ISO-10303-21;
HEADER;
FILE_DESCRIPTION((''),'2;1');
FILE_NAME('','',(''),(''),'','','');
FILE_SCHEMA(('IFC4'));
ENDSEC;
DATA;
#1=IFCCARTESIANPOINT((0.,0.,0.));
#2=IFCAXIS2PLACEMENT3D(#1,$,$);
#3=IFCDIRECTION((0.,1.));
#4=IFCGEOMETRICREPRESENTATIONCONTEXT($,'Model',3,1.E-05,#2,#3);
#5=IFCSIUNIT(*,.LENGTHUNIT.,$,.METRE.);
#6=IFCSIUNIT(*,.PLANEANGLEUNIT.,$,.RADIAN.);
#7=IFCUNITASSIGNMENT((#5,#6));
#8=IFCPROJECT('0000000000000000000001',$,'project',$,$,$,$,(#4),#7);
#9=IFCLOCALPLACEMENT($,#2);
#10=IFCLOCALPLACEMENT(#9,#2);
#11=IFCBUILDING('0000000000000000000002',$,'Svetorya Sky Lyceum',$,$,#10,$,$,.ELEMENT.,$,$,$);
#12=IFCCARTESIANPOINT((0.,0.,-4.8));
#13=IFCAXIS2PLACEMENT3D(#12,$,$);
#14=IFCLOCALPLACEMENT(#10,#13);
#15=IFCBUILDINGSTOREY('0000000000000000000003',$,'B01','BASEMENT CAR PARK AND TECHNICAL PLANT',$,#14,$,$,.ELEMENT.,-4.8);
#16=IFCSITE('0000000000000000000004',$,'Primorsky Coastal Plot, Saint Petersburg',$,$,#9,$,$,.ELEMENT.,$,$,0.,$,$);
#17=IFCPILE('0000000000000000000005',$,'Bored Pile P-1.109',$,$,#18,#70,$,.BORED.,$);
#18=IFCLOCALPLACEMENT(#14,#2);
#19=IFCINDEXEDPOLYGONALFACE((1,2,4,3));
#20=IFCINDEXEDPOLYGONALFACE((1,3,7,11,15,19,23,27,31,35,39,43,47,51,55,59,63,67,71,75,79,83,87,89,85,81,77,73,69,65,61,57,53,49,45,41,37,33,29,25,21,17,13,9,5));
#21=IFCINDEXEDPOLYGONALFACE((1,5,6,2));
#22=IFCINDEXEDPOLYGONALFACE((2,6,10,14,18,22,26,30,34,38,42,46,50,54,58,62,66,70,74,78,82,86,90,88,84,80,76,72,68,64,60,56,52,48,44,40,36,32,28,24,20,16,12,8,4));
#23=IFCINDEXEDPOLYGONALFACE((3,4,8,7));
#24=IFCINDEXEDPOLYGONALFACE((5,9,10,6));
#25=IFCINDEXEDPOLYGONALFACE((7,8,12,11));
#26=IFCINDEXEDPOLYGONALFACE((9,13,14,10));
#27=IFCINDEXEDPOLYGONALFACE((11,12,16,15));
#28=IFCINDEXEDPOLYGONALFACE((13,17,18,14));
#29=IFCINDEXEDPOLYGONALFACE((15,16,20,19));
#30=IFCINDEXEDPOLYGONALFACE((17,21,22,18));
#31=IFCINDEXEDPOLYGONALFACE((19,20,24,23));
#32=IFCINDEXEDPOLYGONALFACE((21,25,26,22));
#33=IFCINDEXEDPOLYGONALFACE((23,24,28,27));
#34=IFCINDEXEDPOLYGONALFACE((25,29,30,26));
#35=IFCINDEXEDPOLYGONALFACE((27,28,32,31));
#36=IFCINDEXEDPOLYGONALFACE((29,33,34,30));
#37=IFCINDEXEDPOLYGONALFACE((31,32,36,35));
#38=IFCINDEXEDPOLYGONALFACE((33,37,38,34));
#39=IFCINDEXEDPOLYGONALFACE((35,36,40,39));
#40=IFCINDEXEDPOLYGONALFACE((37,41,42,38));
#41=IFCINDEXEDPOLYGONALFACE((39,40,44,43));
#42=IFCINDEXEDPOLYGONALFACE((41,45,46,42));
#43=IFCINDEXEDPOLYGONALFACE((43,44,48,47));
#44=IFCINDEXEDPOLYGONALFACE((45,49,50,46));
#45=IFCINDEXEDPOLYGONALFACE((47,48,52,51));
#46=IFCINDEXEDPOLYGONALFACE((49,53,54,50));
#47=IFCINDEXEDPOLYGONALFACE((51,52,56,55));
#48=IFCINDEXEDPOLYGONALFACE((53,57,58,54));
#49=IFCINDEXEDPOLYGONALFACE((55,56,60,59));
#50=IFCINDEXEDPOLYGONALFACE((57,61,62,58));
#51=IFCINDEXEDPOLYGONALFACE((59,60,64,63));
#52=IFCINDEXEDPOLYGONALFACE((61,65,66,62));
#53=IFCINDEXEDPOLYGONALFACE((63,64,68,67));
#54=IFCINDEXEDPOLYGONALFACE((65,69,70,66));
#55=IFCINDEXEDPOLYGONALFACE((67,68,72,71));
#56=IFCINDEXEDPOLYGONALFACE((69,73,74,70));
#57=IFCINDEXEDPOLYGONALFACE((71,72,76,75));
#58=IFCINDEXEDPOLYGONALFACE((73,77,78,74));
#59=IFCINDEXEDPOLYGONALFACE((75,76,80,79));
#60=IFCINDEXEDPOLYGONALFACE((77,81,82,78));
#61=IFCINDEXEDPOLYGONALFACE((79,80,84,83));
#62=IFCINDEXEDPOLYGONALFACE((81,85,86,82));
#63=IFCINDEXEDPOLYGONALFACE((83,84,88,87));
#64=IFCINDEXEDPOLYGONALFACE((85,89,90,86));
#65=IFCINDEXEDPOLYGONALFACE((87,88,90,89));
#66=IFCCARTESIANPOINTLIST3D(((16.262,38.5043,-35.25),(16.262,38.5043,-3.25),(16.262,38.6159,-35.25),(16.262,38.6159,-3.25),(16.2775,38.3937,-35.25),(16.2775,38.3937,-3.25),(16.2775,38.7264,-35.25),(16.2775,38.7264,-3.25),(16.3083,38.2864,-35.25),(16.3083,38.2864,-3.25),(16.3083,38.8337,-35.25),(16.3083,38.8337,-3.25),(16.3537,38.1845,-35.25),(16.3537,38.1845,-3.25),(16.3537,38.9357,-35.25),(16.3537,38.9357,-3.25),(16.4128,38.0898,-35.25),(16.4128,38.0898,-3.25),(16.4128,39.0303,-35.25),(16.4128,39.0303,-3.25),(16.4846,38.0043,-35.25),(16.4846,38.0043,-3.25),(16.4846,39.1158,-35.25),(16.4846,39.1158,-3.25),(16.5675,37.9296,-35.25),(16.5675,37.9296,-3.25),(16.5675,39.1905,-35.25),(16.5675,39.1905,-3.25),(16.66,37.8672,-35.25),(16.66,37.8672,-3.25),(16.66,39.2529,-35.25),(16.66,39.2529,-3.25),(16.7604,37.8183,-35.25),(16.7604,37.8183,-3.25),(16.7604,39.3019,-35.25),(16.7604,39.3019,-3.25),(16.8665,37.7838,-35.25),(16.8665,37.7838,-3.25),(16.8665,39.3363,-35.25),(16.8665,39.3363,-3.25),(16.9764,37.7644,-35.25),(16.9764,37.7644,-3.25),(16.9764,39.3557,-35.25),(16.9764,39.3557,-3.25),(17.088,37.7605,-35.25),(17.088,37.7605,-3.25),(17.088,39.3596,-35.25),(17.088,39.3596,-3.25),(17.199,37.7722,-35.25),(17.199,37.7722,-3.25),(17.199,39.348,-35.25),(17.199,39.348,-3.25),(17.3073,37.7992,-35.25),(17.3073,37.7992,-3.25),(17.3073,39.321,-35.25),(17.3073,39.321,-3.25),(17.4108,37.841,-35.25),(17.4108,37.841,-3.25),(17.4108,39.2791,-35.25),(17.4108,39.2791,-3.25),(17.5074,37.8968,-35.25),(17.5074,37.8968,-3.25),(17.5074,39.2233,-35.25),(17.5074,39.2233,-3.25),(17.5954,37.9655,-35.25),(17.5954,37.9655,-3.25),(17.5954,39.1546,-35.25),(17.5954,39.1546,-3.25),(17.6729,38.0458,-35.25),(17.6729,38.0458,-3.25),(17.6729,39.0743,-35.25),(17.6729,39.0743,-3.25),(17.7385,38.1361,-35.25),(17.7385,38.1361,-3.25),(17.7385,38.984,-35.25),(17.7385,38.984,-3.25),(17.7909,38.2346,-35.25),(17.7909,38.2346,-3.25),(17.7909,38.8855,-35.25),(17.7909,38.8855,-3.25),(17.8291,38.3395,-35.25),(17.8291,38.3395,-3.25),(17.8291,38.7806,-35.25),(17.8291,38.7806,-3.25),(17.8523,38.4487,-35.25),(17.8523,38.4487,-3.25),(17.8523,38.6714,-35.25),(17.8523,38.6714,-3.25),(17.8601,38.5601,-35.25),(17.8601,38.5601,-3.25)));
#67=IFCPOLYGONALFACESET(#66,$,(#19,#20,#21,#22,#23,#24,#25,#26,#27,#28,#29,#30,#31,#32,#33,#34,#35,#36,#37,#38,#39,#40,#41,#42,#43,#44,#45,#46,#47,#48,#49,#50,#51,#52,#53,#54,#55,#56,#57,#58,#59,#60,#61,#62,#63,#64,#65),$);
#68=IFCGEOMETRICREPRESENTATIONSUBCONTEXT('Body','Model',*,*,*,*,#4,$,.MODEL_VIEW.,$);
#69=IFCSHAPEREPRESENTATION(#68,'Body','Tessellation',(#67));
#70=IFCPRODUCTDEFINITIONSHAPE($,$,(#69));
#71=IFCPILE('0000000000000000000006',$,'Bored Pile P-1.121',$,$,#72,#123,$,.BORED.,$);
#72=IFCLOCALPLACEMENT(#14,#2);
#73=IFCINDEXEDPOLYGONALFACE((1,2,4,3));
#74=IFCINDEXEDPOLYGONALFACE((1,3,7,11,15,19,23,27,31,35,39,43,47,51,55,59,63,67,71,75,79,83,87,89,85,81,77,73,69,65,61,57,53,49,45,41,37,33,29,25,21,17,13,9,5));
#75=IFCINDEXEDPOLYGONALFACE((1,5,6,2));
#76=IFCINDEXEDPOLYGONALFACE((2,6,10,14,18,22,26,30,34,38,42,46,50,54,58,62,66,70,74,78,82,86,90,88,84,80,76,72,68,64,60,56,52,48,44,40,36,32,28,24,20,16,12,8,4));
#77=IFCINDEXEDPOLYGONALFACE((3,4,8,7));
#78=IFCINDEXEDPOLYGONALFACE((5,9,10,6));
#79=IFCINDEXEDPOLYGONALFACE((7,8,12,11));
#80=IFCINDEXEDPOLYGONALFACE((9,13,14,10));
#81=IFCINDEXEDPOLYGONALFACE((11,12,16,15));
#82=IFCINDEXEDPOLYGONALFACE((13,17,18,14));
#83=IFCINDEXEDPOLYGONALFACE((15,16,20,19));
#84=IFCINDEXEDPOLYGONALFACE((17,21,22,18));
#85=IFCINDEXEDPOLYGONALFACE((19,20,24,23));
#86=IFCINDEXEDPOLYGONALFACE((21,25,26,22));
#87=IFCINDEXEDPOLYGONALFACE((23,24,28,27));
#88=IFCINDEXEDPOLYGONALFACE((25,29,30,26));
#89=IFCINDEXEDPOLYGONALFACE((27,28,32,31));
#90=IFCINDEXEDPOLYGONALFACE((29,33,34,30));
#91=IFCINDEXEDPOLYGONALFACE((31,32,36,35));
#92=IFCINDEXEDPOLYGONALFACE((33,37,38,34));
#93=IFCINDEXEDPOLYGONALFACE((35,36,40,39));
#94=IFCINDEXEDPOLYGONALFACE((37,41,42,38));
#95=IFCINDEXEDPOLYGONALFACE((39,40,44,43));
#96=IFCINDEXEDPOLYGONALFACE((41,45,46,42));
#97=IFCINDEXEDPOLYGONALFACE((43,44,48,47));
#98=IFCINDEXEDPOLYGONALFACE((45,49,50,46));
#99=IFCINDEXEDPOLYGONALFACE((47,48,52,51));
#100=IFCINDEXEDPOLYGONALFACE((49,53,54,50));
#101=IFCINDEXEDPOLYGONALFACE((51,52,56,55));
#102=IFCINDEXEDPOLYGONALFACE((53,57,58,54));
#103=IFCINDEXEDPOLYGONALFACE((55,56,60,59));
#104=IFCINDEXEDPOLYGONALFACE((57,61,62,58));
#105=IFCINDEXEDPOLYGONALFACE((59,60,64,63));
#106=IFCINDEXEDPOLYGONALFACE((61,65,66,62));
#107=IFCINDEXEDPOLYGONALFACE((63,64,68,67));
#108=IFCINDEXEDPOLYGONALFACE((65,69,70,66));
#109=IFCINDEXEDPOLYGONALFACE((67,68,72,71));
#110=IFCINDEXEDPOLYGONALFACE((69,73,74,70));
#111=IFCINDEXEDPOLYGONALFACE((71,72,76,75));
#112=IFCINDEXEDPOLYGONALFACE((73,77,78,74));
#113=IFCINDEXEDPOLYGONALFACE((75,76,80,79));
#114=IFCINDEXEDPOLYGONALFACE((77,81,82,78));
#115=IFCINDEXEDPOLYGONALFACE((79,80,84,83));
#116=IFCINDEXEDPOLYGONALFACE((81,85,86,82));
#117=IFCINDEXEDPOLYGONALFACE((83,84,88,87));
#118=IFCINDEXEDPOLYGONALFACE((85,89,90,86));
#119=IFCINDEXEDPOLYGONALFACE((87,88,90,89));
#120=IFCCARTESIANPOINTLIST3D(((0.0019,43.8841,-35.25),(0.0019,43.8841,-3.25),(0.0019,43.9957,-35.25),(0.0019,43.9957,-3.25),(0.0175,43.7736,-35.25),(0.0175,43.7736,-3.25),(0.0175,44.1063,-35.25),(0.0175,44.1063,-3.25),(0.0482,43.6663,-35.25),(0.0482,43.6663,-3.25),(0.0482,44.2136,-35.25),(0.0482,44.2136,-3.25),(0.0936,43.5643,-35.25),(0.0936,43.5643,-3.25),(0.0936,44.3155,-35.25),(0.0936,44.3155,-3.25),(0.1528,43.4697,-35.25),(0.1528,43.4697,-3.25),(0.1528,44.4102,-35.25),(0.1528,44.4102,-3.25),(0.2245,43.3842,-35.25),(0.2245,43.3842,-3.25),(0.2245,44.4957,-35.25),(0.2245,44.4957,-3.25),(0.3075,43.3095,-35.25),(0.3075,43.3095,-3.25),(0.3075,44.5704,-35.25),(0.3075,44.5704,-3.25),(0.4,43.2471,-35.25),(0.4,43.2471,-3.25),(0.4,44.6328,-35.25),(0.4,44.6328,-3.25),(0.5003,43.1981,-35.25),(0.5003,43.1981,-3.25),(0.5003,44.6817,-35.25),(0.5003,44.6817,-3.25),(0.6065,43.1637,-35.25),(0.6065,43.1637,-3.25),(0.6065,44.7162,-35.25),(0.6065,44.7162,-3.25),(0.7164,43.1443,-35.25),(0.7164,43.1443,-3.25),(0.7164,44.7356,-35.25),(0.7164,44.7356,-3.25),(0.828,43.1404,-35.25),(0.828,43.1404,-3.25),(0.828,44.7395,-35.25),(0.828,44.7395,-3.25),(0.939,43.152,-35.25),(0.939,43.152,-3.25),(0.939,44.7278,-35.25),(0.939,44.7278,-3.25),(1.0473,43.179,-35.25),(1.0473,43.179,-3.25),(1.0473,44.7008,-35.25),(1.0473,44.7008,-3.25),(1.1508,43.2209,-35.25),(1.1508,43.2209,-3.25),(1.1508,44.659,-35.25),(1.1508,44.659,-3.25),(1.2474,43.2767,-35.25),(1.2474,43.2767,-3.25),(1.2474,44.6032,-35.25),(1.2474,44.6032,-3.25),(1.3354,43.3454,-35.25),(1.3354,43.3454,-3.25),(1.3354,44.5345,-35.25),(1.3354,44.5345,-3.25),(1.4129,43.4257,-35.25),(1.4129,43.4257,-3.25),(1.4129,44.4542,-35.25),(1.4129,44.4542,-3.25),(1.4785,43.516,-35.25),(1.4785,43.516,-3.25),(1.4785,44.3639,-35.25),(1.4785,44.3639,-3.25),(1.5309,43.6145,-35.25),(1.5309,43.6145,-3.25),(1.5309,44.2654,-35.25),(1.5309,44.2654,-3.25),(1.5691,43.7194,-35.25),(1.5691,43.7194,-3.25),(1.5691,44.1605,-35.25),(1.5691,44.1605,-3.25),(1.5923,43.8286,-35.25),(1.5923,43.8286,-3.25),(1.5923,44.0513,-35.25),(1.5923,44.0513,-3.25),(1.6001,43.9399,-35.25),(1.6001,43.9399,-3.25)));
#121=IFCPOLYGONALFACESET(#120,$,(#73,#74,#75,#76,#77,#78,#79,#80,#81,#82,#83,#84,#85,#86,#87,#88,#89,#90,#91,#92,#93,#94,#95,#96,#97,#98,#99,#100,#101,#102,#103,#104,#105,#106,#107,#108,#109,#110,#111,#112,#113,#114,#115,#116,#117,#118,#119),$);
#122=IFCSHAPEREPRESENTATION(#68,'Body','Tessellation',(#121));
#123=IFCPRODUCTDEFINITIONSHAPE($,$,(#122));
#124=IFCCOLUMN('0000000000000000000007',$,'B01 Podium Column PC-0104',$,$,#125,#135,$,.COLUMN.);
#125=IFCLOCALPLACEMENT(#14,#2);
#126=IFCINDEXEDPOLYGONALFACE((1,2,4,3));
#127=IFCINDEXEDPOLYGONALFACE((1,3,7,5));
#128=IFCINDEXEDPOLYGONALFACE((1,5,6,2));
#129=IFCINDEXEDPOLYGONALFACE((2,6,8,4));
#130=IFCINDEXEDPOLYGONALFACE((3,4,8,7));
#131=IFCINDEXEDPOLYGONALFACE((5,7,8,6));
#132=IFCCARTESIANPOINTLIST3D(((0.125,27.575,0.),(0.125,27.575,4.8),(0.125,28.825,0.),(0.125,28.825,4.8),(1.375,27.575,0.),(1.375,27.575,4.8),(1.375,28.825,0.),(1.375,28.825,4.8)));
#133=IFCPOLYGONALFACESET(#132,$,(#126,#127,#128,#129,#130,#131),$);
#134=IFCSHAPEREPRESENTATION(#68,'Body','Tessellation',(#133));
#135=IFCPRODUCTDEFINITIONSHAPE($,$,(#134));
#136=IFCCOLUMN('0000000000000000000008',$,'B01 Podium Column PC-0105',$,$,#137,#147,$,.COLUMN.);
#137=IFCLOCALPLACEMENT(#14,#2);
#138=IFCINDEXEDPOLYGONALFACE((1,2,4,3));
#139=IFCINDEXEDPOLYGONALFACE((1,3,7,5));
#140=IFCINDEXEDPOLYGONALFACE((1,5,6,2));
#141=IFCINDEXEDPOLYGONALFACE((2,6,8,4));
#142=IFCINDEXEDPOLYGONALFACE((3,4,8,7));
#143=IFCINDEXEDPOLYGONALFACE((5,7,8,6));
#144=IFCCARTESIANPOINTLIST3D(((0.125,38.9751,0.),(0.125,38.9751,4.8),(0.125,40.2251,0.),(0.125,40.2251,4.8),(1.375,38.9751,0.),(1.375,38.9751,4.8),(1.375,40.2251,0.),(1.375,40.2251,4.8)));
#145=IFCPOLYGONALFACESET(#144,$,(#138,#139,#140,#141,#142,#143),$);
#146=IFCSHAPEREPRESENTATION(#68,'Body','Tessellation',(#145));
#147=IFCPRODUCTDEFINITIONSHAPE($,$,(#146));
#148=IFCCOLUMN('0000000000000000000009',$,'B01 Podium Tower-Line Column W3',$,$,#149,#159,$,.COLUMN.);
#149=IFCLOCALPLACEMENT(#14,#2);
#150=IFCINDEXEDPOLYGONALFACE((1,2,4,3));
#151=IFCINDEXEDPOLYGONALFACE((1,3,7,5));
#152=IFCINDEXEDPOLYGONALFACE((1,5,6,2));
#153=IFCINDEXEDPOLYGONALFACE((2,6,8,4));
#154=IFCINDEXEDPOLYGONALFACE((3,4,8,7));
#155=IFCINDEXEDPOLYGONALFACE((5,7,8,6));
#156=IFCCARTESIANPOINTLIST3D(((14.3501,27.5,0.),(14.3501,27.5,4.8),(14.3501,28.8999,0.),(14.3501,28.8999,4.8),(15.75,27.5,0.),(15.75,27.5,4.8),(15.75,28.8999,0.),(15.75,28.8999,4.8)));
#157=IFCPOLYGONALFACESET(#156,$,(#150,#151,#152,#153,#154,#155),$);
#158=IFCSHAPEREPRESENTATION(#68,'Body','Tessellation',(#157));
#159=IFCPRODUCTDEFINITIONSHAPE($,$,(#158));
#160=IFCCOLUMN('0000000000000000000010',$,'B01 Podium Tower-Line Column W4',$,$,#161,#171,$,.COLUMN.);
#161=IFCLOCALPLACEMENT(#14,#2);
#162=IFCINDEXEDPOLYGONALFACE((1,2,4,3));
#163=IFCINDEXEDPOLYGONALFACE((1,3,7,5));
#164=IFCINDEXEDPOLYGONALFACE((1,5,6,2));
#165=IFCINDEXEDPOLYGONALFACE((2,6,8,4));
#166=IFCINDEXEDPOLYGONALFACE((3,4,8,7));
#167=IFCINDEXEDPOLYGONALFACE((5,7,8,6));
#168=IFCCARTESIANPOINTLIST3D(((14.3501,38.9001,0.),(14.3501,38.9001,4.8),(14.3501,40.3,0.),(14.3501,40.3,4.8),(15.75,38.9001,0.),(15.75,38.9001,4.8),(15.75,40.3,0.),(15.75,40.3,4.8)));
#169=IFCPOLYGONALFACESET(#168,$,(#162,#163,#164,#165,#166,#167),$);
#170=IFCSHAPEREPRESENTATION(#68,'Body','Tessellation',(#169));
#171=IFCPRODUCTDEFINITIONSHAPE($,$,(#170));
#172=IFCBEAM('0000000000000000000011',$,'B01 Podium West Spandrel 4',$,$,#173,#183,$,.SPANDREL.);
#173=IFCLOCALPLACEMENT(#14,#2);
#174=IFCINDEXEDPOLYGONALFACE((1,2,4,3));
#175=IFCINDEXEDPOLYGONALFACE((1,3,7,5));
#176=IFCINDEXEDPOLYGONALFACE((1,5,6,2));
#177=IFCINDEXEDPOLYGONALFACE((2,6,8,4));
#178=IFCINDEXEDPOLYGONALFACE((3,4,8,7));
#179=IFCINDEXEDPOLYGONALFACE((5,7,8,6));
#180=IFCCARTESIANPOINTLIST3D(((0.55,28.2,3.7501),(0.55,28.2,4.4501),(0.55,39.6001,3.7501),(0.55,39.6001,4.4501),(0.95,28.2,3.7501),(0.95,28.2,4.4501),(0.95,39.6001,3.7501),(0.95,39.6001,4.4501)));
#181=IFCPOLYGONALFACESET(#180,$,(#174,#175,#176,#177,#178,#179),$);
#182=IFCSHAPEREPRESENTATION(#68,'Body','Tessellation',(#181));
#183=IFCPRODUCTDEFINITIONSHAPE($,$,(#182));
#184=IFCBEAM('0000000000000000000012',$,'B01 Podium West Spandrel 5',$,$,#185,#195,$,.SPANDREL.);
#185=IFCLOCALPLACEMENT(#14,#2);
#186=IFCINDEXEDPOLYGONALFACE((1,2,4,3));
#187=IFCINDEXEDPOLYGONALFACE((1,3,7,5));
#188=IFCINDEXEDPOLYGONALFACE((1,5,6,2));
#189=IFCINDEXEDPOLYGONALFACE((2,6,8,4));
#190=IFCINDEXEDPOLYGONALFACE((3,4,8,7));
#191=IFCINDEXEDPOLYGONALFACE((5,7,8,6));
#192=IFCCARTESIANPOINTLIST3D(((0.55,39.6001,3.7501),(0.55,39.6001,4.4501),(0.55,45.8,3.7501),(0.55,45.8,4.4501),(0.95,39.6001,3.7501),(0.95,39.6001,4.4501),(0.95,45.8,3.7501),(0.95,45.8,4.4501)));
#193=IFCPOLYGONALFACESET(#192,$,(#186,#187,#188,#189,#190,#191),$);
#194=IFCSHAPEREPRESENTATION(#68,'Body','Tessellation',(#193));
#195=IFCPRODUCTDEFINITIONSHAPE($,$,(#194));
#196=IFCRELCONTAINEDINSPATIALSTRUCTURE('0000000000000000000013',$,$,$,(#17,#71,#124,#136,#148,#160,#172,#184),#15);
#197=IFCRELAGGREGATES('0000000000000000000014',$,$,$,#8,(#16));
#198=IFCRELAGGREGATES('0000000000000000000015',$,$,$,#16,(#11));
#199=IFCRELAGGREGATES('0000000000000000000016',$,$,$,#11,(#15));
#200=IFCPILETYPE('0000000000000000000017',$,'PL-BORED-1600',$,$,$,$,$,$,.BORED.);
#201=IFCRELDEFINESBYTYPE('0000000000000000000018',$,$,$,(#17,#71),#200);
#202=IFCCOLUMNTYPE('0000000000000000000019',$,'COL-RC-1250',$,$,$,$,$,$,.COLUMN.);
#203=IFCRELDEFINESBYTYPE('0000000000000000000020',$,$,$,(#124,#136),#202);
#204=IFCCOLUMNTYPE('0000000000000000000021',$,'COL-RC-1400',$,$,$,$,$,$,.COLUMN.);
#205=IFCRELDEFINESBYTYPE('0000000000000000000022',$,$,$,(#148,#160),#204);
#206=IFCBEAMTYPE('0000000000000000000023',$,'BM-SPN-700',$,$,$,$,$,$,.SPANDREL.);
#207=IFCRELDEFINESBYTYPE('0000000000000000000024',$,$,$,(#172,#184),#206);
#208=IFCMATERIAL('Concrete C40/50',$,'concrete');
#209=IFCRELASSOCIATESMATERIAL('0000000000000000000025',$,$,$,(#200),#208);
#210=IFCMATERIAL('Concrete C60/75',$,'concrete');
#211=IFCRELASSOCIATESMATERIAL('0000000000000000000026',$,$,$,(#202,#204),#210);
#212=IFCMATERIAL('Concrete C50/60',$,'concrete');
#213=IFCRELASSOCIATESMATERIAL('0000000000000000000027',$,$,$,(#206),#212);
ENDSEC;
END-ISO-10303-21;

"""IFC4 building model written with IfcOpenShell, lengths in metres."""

from ifc_helpers import new_model, si_unit, direction, frame, origin, origin_2d, place, context, subcontext, project, spatial, rectangle, circle, extrude, material, material_profile, profile_set, type_object, element, save


model = new_model("IFC4")

# Units and contexts
model_context = context("Model", 3, precision=1e-05, world=origin(), true_north=direction((0.0, 1.0)))
body_context = subcontext(model_context, "Body", "Model", "MODEL_VIEW")
ifc_project = project(units=[si_unit("LENGTHUNIT", "METRE"), si_unit("PLANEANGLEUNIT", "RADIAN")], contexts=[model_context])

# Site, building, storey
site_placement = place(None, origin())
site = spatial("IfcSite", under=ifc_project, at=site_placement, Name="Primorsky Coastal Plot, Saint Petersburg", CompositionType="ELEMENT", RefElevation=0.0)
building_placement = place(site_placement, origin())
building = spatial("IfcBuilding", under=site, at=building_placement, Name="Svetorya Sky Lyceum", CompositionType="ELEMENT")
storey_placement = place(building_placement, frame((0.0, 0.0, -4.8)))
storey = spatial("IfcBuildingStorey", under=building, at=storey_placement, Name="B01", Description="BASEMENT CAR PARK AND TECHNICAL PLANT", CompositionType="ELEMENT", Elevation=-4.8)

# Piles
ifc_material_1 = material(Name="Concrete C40/50", Category="concrete")
ifc_material_profile_1 = material_profile(ifc_material_1, circle(Radius=0.8, at=origin_2d()), Name="RC PILE D1600")
ifc_profile_set_1 = profile_set([ifc_material_profile_1], Name="Concrete C40/50")
pile_type = type_object("IfcPileType", Name="PL-BORED-1600", PredefinedType="BORED", material=ifc_profile_set_1)
for number, where, z_axis, x_axis, name in (
    (1, (17.0601, 38.5601, -3.25), (0.0, 0.0, -1.0), (1.0, 0.0, 0.0), "Bored Pile P-1.109"),
    (2, (0.8, 43.9399, -3.25), (0.0, 0.0, -1.0), (1.0, 0.0, 0.0), "Bored Pile P-1.121"),
):
    element("IfcPile", number, at=place(storey_placement, frame(where, z_axis=z_axis, x_axis=x_axis)), inside=storey, type_object=pile_type, Name=name, PredefinedType="BORED", context=body_context, shape_type="SweptSolid", body=[
        extrude(circle(Radius=0.8, at=origin_2d()), origin(), (0.0, 0.0, 1.0), 32.0),
    ])

# Columns
ifc_material_2 = material(Name="Concrete C60/75", Category="concrete")
ifc_material_profile_2 = material_profile(ifc_material_2, rectangle(XDim=1.25, YDim=1.25, at=origin_2d()), Name="RC COL 1250x1250")
ifc_profile_set_2 = profile_set([ifc_material_profile_2], Name="Concrete C60/75")
column_type_1 = type_object("IfcColumnType", Name="COL-RC-1250", PredefinedType="COLUMN", material=ifc_profile_set_2)
for number, where, z_axis, x_axis, name in (
    (3, (0.75, 28.2, 0.0), (0.0, 0.0, 1.0), (1.0, 0.0, 0.0), "B01 Podium Column PC-0104"),
    (4, (0.75, 39.6001, 0.0), (0.0, 0.0, 1.0), (1.0, 0.0, 0.0), "B01 Podium Column PC-0105"),
):
    element("IfcColumn", number, at=place(storey_placement, frame(where, z_axis=z_axis, x_axis=x_axis)), inside=storey, type_object=column_type_1, Name=name, PredefinedType="COLUMN", context=body_context, shape_type="SweptSolid", body=[
        extrude(rectangle(XDim=1.25, YDim=1.25, at=origin_2d()), origin(), (0.0, 0.0, 1.0), 4.8),
    ])
ifc_material_profile_3 = material_profile(ifc_material_2, rectangle(XDim=1.3999, YDim=1.3999, at=origin_2d()), Name="RC COL 1400x1400")
ifc_profile_set_3 = profile_set([ifc_material_profile_3], Name="Concrete C60/75")
column_type_2 = type_object("IfcColumnType", Name="COL-RC-1400", PredefinedType="COLUMN", material=ifc_profile_set_3)
for number, where, z_axis, x_axis, name in (
    (5, (15.05, 28.2, 0.0), (0.0, 0.0, 1.0), (1.0, 0.0, 0.0), "B01 Podium Tower-Line Column W3"),
    (6, (15.05, 39.6001, 0.0), (0.0, 0.0, 1.0), (1.0, 0.0, 0.0), "B01 Podium Tower-Line Column W4"),
):
    element("IfcColumn", number, at=place(storey_placement, frame(where, z_axis=z_axis, x_axis=x_axis)), inside=storey, type_object=column_type_2, Name=name, PredefinedType="COLUMN", context=body_context, shape_type="SweptSolid", body=[
        extrude(rectangle(XDim=1.3999, YDim=1.3999, at=origin_2d()), origin(), (0.0, 0.0, 1.0), 4.8),
    ])

# Beams
ifc_material_3 = material(Name="Concrete C50/60", Category="concrete")
ifc_material_profile_4 = material_profile(ifc_material_3, rectangle(XDim=0.3999, YDim=0.7, at=origin_2d()), Name="RC SPANDREL 400x700")
ifc_profile_set_4 = profile_set([ifc_material_profile_4], Name="Concrete C50/60")
beam_type_1 = type_object("IfcBeamType", Name="BM-SPN-700", PredefinedType="SPANDREL", material=ifc_profile_set_4)
beam_1_placement = place(storey_placement, frame((0.75, 28.2, 4.1001), z_axis=(0.0, 1.0, 0.0), x_axis=(-1.0, 0.0, 0.0)))
element("IfcBeam", 7, at=beam_1_placement, inside=storey, type_object=beam_type_1, Name="B01 Podium West Spandrel 4", PredefinedType="SPANDREL", context=body_context, shape_type="SweptSolid", body=[
    extrude(rectangle(XDim=0.3999, YDim=0.7, at=origin_2d()), origin(), (0.0, 0.0, 1.0), 11.4001),
])
beam_2_placement = place(storey_placement, frame((0.75, 39.6001, 4.1001), z_axis=(0.0, 1.0, 0.0), x_axis=(-1.0, 0.0, 0.0)))
element("IfcBeam", 8, at=beam_2_placement, inside=storey, type_object=beam_type_1, Name="B01 Podium West Spandrel 5", PredefinedType="SPANDREL", context=body_context, shape_type="SweptSolid", body=[
    extrude(rectangle(XDim=0.3999, YDim=0.7, at=origin_2d()), origin(), (0.0, 0.0, 1.0), 6.2),
])

save(model, "model.ifc")
